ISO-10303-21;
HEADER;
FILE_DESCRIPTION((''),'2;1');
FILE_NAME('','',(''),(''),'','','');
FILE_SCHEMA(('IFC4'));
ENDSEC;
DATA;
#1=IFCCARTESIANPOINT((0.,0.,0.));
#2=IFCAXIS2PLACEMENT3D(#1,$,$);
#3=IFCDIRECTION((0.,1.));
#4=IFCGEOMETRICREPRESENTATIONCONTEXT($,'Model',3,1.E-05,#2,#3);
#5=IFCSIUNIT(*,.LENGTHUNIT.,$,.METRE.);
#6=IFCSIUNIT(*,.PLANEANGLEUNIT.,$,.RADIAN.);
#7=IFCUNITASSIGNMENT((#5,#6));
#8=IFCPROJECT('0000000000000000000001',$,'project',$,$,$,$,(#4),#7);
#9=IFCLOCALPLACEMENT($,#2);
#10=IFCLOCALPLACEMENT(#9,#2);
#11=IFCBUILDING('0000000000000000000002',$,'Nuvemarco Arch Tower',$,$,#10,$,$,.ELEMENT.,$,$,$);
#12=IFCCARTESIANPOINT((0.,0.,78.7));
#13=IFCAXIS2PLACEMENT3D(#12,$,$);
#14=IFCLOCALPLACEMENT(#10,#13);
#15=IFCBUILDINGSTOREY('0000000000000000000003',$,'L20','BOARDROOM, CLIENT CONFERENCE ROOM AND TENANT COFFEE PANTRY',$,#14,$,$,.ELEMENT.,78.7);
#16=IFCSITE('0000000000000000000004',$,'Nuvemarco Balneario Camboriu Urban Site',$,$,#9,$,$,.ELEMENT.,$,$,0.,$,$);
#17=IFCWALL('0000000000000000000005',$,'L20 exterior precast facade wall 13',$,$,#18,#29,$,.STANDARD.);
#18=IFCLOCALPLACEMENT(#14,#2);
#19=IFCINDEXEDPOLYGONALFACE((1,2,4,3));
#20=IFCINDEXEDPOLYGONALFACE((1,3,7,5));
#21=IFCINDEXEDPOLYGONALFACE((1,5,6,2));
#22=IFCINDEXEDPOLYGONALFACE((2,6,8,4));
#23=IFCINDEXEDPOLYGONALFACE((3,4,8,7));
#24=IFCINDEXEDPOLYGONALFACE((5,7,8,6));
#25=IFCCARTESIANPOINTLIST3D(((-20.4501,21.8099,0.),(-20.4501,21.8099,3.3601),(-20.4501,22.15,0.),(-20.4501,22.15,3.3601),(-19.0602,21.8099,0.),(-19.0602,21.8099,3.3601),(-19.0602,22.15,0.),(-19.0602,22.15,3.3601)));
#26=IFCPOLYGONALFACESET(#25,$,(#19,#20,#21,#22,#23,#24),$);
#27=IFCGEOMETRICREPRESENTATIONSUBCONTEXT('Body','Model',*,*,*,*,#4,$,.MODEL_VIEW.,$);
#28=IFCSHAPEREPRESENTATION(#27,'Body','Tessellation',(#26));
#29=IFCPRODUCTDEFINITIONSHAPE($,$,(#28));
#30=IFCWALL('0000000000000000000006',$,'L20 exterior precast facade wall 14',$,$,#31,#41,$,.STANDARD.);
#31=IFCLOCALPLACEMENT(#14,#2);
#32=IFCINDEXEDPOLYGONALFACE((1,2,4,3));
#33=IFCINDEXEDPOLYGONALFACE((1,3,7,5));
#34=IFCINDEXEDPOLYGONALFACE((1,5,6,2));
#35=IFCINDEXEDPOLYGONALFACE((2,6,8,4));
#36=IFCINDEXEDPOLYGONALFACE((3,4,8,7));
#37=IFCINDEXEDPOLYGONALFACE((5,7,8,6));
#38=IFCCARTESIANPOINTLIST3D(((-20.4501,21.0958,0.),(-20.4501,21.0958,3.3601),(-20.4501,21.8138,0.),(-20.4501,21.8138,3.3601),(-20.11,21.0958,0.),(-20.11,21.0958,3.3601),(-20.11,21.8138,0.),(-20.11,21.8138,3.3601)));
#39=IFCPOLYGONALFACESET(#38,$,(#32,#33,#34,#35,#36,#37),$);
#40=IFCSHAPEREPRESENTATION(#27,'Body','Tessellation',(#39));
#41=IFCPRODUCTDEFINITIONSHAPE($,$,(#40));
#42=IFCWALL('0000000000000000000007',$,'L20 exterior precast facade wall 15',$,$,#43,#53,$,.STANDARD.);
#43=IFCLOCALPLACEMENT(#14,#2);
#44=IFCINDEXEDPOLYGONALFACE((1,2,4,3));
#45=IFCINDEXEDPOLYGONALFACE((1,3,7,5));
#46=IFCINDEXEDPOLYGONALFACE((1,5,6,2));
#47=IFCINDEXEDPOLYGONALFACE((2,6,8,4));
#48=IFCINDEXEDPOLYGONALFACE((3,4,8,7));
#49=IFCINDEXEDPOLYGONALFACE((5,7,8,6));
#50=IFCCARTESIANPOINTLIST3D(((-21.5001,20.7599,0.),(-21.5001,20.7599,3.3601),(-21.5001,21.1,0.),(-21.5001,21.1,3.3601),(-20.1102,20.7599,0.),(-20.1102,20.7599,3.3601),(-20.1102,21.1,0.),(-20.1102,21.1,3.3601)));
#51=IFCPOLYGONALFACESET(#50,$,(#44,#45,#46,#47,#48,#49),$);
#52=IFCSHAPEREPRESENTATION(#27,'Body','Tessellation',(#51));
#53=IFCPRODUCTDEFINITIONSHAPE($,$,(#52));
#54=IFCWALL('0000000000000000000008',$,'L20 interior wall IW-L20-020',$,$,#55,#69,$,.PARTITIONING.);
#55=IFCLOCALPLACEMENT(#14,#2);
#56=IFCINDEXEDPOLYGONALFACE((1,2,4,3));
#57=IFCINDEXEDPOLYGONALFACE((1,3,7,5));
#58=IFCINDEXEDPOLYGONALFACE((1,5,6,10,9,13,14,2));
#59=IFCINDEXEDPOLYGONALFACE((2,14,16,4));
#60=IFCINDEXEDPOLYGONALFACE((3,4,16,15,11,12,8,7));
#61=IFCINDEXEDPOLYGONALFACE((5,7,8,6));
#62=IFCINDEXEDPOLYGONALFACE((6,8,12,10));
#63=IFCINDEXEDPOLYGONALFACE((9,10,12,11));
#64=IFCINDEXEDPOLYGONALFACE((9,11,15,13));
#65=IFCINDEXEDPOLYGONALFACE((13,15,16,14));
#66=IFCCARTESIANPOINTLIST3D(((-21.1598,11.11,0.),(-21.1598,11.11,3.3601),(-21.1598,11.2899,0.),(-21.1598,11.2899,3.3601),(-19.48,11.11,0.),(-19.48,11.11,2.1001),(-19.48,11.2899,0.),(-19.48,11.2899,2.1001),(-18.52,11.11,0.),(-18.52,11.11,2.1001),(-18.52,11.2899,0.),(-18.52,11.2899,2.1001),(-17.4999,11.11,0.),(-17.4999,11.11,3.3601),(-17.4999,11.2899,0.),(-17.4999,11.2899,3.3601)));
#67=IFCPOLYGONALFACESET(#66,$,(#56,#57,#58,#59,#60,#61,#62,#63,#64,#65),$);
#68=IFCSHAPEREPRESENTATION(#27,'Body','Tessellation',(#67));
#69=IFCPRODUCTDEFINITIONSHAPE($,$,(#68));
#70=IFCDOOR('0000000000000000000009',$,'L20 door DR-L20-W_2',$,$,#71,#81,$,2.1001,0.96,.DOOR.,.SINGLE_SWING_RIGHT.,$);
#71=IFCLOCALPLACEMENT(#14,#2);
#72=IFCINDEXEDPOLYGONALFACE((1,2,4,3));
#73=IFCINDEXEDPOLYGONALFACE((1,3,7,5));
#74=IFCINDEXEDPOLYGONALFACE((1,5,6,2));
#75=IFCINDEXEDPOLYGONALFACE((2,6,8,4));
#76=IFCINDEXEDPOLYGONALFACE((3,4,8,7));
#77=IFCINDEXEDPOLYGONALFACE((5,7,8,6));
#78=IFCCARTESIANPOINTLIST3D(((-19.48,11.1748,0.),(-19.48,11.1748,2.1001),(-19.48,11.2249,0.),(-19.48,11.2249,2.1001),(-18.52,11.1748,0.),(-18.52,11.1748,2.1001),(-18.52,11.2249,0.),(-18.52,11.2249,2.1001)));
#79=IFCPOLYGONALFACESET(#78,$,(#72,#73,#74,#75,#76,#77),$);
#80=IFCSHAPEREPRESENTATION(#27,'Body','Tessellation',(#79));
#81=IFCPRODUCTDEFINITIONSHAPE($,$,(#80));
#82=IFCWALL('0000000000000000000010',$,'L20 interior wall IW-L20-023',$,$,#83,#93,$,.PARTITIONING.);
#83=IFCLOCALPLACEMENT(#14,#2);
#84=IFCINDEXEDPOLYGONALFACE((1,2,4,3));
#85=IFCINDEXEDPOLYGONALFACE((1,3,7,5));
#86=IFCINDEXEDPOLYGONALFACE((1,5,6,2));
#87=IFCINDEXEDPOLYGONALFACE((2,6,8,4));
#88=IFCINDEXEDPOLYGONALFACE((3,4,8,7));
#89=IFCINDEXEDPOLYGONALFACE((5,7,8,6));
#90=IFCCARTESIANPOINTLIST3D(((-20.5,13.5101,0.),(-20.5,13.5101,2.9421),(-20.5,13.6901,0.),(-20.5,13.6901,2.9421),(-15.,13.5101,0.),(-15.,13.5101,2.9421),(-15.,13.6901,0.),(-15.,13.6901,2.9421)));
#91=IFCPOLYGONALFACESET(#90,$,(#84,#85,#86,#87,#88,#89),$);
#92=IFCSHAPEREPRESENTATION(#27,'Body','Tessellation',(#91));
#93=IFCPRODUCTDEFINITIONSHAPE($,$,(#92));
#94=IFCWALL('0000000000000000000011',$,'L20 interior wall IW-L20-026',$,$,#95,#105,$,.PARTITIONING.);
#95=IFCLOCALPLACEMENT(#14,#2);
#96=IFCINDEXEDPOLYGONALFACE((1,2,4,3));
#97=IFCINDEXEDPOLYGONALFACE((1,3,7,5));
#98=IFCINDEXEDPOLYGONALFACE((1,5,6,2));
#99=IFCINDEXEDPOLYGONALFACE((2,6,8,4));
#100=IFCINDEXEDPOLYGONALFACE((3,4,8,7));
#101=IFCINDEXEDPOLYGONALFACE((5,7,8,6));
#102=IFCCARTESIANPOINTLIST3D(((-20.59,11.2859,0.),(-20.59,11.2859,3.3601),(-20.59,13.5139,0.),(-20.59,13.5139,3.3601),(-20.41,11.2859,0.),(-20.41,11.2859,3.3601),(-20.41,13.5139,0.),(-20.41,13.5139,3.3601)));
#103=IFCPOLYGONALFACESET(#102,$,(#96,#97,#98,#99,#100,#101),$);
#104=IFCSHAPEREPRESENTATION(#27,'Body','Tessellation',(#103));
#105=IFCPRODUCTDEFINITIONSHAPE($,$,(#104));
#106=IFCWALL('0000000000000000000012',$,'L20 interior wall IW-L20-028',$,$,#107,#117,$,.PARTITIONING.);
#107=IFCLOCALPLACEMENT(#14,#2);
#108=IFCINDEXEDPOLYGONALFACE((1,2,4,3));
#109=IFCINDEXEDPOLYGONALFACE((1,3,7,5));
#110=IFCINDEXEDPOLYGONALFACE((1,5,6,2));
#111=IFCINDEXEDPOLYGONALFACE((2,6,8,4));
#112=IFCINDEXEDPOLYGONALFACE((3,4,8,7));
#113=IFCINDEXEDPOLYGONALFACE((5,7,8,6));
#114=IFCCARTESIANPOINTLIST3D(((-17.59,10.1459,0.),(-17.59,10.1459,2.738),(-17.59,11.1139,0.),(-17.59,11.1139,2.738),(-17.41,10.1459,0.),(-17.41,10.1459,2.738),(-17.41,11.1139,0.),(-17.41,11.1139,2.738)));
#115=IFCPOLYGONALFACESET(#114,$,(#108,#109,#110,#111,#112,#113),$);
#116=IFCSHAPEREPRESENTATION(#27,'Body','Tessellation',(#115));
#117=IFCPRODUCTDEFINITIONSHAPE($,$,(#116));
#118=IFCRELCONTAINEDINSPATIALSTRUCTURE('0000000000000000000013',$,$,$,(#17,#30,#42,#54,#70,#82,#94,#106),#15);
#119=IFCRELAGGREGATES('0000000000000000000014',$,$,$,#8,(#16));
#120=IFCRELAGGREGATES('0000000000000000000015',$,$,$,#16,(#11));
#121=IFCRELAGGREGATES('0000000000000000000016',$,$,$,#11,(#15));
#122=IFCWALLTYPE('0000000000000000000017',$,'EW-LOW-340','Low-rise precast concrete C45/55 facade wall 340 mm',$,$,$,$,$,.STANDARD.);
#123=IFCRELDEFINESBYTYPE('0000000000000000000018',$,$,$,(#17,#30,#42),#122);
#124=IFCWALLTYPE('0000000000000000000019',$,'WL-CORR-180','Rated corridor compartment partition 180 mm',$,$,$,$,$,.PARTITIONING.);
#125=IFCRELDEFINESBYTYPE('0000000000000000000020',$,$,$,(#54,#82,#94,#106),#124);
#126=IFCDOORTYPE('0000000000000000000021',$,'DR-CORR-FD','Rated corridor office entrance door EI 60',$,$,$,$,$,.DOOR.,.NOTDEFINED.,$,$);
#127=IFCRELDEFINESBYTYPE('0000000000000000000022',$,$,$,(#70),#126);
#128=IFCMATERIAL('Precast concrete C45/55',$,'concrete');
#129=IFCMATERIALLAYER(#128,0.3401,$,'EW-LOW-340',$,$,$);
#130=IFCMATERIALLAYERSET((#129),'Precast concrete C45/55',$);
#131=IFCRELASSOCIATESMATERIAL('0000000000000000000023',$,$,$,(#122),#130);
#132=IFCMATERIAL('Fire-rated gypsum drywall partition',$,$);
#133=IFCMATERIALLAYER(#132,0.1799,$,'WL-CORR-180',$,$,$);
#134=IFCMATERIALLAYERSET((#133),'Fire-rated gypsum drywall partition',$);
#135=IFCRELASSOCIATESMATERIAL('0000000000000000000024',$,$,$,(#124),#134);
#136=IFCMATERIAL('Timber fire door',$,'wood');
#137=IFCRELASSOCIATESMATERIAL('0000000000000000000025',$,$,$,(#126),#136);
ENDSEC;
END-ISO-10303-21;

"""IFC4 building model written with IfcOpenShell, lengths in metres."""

from ifc_helpers import new_model, si_unit, direction, frame, frame_2d, origin, place, context, subcontext, project, spatial, rectangle, extrude, source, transform, mapped, material, layer, layer_set, type_object, type_shapes, element, fill, save


model = new_model("IFC4")

# Units and contexts
model_context = context("Model", 3, precision=1e-05, world=origin(), true_north=direction((0.0, 1.0)))
body_context = subcontext(model_context, "Body", "Model", "MODEL_VIEW")
ifc_project = project(units=[si_unit("LENGTHUNIT", "METRE"), si_unit("PLANEANGLEUNIT", "RADIAN")], contexts=[model_context])

# Site, building, storey
site_placement = place(None, origin())
site = spatial("IfcSite", under=ifc_project, at=site_placement, Name="Nuvemarco Balneario Camboriu Urban Site", CompositionType="ELEMENT", RefElevation=0.0)
building_placement = place(site_placement, origin())
building = spatial("IfcBuilding", under=site, at=building_placement, Name="Nuvemarco Arch Tower", CompositionType="ELEMENT")
storey_placement = place(building_placement, frame((0.0, 0.0, 78.7)))
storey = spatial("IfcBuildingStorey", under=building, at=storey_placement, Name="L20", Description="BOARDROOM, CLIENT CONFERENCE ROOM AND TENANT COFFEE PANTRY", CompositionType="ELEMENT", Elevation=78.7)

# Shared definitions
ifc_material_1 = material(Name="Precast concrete C45/55", Category="concrete")
ifc_layer_1 = layer(ifc_material_1, 0.3401, Name="EW-LOW-340")
ifc_layer_set_1 = layer_set([ifc_layer_1], Name="Precast concrete C45/55")
wall_type_1 = type_object("IfcWallType", Name="EW-LOW-340", Description="Low-rise precast concrete C45/55 facade wall 340 mm", PredefinedType="STANDARD", material=ifc_layer_set_1)

# Walls
wall_1_placement = place(storey_placement, frame((-20.45, 21.98, 0.0), z_axis=(0.0, 0.0, 1.0), x_axis=(1.0, 0.0, 0.0)))
element("IfcWall", 1, at=wall_1_placement, inside=storey, type_object=wall_type_1, Name="L20 exterior precast facade wall 13", PredefinedType="STANDARD", context=body_context, shape_type="SweptSolid", body=[
    extrude(rectangle(XDim=1.3899, YDim=0.3401, at=frame_2d((0.6948, 0.0))), origin(), (0.0, 0.0, 1.0), 3.3601),
])
wall_2_placement = place(storey_placement, frame((-20.28, 21.0959, 0.0), z_axis=(0.0, 0.0, 1.0), x_axis=(0.0, 1.0, 0.0)))
element("IfcWall", 2, at=wall_2_placement, inside=storey, type_object=wall_type_1, Name="L20 exterior precast facade wall 14", PredefinedType="STANDARD", context=body_context, shape_type="SweptSolid", body=[
    extrude(rectangle(XDim=0.718, YDim=0.3401, at=frame_2d((0.3589, 0.0))), origin(), (0.0, 0.0, 1.0), 3.3601),
])
wall_3_placement = place(storey_placement, frame((-21.5, 20.9299, 0.0), z_axis=(0.0, 0.0, 1.0), x_axis=(1.0, 0.0, 0.0)))
element("IfcWall", 3, at=wall_3_placement, inside=storey, type_object=wall_type_1, Name="L20 exterior precast facade wall 15", PredefinedType="STANDARD", context=body_context, shape_type="SweptSolid", body=[
    extrude(rectangle(XDim=1.3899, YDim=0.3401, at=frame_2d((0.6948, 0.0))), origin(), (0.0, 0.0, 1.0), 3.3601),
])

# Wall, opening, door
ifc_material_2 = material(Name="Fire-rated gypsum drywall partition")
ifc_layer_2 = layer(ifc_material_2, 0.1799, Name="WL-CORR-180")
ifc_layer_set_2 = layer_set([ifc_layer_2], Name="Fire-rated gypsum drywall partition")
wall_type_2 = type_object("IfcWallType", Name="WL-CORR-180", Description="Rated corridor compartment partition 180 mm", PredefinedType="PARTITIONING", material=ifc_layer_set_2)
wall_4_placement = place(storey_placement, frame((-21.1599, 11.2, 0.0), z_axis=(0.0, 0.0, 1.0), x_axis=(1.0, 0.0, 0.0)))
wall_4 = element("IfcWall", 4, at=wall_4_placement, inside=storey, type_object=wall_type_2, Name="L20 interior wall IW-L20-020", PredefinedType="PARTITIONING", context=body_context, shape_type="SweptSolid", body=[
    extrude(rectangle(XDim=3.6599, YDim=0.1799, at=frame_2d((1.8301, 0.0))), origin(), (0.0, 0.0, 1.0), 3.3601),
])
opening_1_placement = place(wall_4_placement, frame((1.6799, 0.0, 0.0)))
opening_1 = element("IfcOpeningElement", 5, at=opening_1_placement, cuts=wall_4, PredefinedType="OPENING", context=body_context, shape_type="SweptSolid", body=[
    extrude(rectangle(XDim=0.96, YDim=2.1001, at=frame_2d((0.48, 1.05))), frame((0.0, 0.0999, 0.0), z_axis=(0.0, -1.0, 0.0), x_axis=(1.0, 0.0, 0.0)), (0.0, 0.0, 1.0), 0.2),
])
ifc_material_3 = material(Name="Timber fire door", Category="wood")
door_type = type_object("IfcDoorType", Name="DR-CORR-FD", Description="Rated corridor office entrance door EI 60", OperationType="NOTDEFINED", PredefinedType="DOOR", material=ifc_material_3)
shared_shape_1 = source(origin(), body_context, "Body", "SweptSolid", [
    extrude(rectangle(XDim=0.96, YDim=2.1001, at=frame_2d((0.48, 1.05))), frame((0.0, 0.0249, 0.0), z_axis=(0.0, -1.0, 0.0), x_axis=(1.0, 0.0, 0.0)), (0.0, 0.0, 1.0), 0.05),
])
type_shapes(door_type, [shared_shape_1])
door_placement = place(opening_1_placement, origin())
door = element("IfcDoor", 6, at=door_placement, inside=storey, type_object=door_type, Name="L20 door DR-L20-W_2", OperationType="SINGLE_SWING_RIGHT", OverallHeight=2.1001, OverallWidth=0.96, PredefinedType="DOOR", context=body_context, shape_type="MappedRepresentation", body=[
    mapped(shared_shape_1, transform((0.0, 0.0, 0.0), scale=1.0)),
])
fill(opening_1, door)

# Walls
wall_5_placement = place(storey_placement, frame((-20.5, 13.6001, 0.0), z_axis=(0.0, 0.0, 1.0), x_axis=(1.0, 0.0, 0.0)))
element("IfcWall", 7, at=wall_5_placement, inside=storey, type_object=wall_type_2, Name="L20 interior wall IW-L20-023", PredefinedType="PARTITIONING", context=body_context, shape_type="SweptSolid", body=[
    extrude(rectangle(XDim=5.5, YDim=0.1799, at=frame_2d((2.75, 0.0))), origin(), (0.0, 0.0, 1.0), 2.9421),
])
wall_6_placement = place(storey_placement, frame((-20.5, 11.2859, 0.0), z_axis=(0.0, 0.0, 1.0), x_axis=(0.0, 1.0, 0.0)))
element("IfcWall", 8, at=wall_6_placement, inside=storey, type_object=wall_type_2, Name="L20 interior wall IW-L20-026", PredefinedType="PARTITIONING", context=body_context, shape_type="SweptSolid", body=[
    extrude(rectangle(XDim=2.228, YDim=0.1799, at=frame_2d((1.114, 0.0))), origin(), (0.0, 0.0, 1.0), 3.3601),
])
wall_7_placement = place(storey_placement, frame((-17.5, 10.146, 0.0), z_axis=(0.0, 0.0, 1.0), x_axis=(0.0, 1.0, 0.0)))
element("IfcWall", 9, at=wall_7_placement, inside=storey, type_object=wall_type_2, Name="L20 interior wall IW-L20-028", PredefinedType="PARTITIONING", context=body_context, shape_type="SweptSolid", body=[
    extrude(rectangle(XDim=0.968, YDim=0.1799, at=frame_2d((0.4839, 0.0))), origin(), (0.0, 0.0, 1.0), 2.738),
])

save(model, "model.ifc")
